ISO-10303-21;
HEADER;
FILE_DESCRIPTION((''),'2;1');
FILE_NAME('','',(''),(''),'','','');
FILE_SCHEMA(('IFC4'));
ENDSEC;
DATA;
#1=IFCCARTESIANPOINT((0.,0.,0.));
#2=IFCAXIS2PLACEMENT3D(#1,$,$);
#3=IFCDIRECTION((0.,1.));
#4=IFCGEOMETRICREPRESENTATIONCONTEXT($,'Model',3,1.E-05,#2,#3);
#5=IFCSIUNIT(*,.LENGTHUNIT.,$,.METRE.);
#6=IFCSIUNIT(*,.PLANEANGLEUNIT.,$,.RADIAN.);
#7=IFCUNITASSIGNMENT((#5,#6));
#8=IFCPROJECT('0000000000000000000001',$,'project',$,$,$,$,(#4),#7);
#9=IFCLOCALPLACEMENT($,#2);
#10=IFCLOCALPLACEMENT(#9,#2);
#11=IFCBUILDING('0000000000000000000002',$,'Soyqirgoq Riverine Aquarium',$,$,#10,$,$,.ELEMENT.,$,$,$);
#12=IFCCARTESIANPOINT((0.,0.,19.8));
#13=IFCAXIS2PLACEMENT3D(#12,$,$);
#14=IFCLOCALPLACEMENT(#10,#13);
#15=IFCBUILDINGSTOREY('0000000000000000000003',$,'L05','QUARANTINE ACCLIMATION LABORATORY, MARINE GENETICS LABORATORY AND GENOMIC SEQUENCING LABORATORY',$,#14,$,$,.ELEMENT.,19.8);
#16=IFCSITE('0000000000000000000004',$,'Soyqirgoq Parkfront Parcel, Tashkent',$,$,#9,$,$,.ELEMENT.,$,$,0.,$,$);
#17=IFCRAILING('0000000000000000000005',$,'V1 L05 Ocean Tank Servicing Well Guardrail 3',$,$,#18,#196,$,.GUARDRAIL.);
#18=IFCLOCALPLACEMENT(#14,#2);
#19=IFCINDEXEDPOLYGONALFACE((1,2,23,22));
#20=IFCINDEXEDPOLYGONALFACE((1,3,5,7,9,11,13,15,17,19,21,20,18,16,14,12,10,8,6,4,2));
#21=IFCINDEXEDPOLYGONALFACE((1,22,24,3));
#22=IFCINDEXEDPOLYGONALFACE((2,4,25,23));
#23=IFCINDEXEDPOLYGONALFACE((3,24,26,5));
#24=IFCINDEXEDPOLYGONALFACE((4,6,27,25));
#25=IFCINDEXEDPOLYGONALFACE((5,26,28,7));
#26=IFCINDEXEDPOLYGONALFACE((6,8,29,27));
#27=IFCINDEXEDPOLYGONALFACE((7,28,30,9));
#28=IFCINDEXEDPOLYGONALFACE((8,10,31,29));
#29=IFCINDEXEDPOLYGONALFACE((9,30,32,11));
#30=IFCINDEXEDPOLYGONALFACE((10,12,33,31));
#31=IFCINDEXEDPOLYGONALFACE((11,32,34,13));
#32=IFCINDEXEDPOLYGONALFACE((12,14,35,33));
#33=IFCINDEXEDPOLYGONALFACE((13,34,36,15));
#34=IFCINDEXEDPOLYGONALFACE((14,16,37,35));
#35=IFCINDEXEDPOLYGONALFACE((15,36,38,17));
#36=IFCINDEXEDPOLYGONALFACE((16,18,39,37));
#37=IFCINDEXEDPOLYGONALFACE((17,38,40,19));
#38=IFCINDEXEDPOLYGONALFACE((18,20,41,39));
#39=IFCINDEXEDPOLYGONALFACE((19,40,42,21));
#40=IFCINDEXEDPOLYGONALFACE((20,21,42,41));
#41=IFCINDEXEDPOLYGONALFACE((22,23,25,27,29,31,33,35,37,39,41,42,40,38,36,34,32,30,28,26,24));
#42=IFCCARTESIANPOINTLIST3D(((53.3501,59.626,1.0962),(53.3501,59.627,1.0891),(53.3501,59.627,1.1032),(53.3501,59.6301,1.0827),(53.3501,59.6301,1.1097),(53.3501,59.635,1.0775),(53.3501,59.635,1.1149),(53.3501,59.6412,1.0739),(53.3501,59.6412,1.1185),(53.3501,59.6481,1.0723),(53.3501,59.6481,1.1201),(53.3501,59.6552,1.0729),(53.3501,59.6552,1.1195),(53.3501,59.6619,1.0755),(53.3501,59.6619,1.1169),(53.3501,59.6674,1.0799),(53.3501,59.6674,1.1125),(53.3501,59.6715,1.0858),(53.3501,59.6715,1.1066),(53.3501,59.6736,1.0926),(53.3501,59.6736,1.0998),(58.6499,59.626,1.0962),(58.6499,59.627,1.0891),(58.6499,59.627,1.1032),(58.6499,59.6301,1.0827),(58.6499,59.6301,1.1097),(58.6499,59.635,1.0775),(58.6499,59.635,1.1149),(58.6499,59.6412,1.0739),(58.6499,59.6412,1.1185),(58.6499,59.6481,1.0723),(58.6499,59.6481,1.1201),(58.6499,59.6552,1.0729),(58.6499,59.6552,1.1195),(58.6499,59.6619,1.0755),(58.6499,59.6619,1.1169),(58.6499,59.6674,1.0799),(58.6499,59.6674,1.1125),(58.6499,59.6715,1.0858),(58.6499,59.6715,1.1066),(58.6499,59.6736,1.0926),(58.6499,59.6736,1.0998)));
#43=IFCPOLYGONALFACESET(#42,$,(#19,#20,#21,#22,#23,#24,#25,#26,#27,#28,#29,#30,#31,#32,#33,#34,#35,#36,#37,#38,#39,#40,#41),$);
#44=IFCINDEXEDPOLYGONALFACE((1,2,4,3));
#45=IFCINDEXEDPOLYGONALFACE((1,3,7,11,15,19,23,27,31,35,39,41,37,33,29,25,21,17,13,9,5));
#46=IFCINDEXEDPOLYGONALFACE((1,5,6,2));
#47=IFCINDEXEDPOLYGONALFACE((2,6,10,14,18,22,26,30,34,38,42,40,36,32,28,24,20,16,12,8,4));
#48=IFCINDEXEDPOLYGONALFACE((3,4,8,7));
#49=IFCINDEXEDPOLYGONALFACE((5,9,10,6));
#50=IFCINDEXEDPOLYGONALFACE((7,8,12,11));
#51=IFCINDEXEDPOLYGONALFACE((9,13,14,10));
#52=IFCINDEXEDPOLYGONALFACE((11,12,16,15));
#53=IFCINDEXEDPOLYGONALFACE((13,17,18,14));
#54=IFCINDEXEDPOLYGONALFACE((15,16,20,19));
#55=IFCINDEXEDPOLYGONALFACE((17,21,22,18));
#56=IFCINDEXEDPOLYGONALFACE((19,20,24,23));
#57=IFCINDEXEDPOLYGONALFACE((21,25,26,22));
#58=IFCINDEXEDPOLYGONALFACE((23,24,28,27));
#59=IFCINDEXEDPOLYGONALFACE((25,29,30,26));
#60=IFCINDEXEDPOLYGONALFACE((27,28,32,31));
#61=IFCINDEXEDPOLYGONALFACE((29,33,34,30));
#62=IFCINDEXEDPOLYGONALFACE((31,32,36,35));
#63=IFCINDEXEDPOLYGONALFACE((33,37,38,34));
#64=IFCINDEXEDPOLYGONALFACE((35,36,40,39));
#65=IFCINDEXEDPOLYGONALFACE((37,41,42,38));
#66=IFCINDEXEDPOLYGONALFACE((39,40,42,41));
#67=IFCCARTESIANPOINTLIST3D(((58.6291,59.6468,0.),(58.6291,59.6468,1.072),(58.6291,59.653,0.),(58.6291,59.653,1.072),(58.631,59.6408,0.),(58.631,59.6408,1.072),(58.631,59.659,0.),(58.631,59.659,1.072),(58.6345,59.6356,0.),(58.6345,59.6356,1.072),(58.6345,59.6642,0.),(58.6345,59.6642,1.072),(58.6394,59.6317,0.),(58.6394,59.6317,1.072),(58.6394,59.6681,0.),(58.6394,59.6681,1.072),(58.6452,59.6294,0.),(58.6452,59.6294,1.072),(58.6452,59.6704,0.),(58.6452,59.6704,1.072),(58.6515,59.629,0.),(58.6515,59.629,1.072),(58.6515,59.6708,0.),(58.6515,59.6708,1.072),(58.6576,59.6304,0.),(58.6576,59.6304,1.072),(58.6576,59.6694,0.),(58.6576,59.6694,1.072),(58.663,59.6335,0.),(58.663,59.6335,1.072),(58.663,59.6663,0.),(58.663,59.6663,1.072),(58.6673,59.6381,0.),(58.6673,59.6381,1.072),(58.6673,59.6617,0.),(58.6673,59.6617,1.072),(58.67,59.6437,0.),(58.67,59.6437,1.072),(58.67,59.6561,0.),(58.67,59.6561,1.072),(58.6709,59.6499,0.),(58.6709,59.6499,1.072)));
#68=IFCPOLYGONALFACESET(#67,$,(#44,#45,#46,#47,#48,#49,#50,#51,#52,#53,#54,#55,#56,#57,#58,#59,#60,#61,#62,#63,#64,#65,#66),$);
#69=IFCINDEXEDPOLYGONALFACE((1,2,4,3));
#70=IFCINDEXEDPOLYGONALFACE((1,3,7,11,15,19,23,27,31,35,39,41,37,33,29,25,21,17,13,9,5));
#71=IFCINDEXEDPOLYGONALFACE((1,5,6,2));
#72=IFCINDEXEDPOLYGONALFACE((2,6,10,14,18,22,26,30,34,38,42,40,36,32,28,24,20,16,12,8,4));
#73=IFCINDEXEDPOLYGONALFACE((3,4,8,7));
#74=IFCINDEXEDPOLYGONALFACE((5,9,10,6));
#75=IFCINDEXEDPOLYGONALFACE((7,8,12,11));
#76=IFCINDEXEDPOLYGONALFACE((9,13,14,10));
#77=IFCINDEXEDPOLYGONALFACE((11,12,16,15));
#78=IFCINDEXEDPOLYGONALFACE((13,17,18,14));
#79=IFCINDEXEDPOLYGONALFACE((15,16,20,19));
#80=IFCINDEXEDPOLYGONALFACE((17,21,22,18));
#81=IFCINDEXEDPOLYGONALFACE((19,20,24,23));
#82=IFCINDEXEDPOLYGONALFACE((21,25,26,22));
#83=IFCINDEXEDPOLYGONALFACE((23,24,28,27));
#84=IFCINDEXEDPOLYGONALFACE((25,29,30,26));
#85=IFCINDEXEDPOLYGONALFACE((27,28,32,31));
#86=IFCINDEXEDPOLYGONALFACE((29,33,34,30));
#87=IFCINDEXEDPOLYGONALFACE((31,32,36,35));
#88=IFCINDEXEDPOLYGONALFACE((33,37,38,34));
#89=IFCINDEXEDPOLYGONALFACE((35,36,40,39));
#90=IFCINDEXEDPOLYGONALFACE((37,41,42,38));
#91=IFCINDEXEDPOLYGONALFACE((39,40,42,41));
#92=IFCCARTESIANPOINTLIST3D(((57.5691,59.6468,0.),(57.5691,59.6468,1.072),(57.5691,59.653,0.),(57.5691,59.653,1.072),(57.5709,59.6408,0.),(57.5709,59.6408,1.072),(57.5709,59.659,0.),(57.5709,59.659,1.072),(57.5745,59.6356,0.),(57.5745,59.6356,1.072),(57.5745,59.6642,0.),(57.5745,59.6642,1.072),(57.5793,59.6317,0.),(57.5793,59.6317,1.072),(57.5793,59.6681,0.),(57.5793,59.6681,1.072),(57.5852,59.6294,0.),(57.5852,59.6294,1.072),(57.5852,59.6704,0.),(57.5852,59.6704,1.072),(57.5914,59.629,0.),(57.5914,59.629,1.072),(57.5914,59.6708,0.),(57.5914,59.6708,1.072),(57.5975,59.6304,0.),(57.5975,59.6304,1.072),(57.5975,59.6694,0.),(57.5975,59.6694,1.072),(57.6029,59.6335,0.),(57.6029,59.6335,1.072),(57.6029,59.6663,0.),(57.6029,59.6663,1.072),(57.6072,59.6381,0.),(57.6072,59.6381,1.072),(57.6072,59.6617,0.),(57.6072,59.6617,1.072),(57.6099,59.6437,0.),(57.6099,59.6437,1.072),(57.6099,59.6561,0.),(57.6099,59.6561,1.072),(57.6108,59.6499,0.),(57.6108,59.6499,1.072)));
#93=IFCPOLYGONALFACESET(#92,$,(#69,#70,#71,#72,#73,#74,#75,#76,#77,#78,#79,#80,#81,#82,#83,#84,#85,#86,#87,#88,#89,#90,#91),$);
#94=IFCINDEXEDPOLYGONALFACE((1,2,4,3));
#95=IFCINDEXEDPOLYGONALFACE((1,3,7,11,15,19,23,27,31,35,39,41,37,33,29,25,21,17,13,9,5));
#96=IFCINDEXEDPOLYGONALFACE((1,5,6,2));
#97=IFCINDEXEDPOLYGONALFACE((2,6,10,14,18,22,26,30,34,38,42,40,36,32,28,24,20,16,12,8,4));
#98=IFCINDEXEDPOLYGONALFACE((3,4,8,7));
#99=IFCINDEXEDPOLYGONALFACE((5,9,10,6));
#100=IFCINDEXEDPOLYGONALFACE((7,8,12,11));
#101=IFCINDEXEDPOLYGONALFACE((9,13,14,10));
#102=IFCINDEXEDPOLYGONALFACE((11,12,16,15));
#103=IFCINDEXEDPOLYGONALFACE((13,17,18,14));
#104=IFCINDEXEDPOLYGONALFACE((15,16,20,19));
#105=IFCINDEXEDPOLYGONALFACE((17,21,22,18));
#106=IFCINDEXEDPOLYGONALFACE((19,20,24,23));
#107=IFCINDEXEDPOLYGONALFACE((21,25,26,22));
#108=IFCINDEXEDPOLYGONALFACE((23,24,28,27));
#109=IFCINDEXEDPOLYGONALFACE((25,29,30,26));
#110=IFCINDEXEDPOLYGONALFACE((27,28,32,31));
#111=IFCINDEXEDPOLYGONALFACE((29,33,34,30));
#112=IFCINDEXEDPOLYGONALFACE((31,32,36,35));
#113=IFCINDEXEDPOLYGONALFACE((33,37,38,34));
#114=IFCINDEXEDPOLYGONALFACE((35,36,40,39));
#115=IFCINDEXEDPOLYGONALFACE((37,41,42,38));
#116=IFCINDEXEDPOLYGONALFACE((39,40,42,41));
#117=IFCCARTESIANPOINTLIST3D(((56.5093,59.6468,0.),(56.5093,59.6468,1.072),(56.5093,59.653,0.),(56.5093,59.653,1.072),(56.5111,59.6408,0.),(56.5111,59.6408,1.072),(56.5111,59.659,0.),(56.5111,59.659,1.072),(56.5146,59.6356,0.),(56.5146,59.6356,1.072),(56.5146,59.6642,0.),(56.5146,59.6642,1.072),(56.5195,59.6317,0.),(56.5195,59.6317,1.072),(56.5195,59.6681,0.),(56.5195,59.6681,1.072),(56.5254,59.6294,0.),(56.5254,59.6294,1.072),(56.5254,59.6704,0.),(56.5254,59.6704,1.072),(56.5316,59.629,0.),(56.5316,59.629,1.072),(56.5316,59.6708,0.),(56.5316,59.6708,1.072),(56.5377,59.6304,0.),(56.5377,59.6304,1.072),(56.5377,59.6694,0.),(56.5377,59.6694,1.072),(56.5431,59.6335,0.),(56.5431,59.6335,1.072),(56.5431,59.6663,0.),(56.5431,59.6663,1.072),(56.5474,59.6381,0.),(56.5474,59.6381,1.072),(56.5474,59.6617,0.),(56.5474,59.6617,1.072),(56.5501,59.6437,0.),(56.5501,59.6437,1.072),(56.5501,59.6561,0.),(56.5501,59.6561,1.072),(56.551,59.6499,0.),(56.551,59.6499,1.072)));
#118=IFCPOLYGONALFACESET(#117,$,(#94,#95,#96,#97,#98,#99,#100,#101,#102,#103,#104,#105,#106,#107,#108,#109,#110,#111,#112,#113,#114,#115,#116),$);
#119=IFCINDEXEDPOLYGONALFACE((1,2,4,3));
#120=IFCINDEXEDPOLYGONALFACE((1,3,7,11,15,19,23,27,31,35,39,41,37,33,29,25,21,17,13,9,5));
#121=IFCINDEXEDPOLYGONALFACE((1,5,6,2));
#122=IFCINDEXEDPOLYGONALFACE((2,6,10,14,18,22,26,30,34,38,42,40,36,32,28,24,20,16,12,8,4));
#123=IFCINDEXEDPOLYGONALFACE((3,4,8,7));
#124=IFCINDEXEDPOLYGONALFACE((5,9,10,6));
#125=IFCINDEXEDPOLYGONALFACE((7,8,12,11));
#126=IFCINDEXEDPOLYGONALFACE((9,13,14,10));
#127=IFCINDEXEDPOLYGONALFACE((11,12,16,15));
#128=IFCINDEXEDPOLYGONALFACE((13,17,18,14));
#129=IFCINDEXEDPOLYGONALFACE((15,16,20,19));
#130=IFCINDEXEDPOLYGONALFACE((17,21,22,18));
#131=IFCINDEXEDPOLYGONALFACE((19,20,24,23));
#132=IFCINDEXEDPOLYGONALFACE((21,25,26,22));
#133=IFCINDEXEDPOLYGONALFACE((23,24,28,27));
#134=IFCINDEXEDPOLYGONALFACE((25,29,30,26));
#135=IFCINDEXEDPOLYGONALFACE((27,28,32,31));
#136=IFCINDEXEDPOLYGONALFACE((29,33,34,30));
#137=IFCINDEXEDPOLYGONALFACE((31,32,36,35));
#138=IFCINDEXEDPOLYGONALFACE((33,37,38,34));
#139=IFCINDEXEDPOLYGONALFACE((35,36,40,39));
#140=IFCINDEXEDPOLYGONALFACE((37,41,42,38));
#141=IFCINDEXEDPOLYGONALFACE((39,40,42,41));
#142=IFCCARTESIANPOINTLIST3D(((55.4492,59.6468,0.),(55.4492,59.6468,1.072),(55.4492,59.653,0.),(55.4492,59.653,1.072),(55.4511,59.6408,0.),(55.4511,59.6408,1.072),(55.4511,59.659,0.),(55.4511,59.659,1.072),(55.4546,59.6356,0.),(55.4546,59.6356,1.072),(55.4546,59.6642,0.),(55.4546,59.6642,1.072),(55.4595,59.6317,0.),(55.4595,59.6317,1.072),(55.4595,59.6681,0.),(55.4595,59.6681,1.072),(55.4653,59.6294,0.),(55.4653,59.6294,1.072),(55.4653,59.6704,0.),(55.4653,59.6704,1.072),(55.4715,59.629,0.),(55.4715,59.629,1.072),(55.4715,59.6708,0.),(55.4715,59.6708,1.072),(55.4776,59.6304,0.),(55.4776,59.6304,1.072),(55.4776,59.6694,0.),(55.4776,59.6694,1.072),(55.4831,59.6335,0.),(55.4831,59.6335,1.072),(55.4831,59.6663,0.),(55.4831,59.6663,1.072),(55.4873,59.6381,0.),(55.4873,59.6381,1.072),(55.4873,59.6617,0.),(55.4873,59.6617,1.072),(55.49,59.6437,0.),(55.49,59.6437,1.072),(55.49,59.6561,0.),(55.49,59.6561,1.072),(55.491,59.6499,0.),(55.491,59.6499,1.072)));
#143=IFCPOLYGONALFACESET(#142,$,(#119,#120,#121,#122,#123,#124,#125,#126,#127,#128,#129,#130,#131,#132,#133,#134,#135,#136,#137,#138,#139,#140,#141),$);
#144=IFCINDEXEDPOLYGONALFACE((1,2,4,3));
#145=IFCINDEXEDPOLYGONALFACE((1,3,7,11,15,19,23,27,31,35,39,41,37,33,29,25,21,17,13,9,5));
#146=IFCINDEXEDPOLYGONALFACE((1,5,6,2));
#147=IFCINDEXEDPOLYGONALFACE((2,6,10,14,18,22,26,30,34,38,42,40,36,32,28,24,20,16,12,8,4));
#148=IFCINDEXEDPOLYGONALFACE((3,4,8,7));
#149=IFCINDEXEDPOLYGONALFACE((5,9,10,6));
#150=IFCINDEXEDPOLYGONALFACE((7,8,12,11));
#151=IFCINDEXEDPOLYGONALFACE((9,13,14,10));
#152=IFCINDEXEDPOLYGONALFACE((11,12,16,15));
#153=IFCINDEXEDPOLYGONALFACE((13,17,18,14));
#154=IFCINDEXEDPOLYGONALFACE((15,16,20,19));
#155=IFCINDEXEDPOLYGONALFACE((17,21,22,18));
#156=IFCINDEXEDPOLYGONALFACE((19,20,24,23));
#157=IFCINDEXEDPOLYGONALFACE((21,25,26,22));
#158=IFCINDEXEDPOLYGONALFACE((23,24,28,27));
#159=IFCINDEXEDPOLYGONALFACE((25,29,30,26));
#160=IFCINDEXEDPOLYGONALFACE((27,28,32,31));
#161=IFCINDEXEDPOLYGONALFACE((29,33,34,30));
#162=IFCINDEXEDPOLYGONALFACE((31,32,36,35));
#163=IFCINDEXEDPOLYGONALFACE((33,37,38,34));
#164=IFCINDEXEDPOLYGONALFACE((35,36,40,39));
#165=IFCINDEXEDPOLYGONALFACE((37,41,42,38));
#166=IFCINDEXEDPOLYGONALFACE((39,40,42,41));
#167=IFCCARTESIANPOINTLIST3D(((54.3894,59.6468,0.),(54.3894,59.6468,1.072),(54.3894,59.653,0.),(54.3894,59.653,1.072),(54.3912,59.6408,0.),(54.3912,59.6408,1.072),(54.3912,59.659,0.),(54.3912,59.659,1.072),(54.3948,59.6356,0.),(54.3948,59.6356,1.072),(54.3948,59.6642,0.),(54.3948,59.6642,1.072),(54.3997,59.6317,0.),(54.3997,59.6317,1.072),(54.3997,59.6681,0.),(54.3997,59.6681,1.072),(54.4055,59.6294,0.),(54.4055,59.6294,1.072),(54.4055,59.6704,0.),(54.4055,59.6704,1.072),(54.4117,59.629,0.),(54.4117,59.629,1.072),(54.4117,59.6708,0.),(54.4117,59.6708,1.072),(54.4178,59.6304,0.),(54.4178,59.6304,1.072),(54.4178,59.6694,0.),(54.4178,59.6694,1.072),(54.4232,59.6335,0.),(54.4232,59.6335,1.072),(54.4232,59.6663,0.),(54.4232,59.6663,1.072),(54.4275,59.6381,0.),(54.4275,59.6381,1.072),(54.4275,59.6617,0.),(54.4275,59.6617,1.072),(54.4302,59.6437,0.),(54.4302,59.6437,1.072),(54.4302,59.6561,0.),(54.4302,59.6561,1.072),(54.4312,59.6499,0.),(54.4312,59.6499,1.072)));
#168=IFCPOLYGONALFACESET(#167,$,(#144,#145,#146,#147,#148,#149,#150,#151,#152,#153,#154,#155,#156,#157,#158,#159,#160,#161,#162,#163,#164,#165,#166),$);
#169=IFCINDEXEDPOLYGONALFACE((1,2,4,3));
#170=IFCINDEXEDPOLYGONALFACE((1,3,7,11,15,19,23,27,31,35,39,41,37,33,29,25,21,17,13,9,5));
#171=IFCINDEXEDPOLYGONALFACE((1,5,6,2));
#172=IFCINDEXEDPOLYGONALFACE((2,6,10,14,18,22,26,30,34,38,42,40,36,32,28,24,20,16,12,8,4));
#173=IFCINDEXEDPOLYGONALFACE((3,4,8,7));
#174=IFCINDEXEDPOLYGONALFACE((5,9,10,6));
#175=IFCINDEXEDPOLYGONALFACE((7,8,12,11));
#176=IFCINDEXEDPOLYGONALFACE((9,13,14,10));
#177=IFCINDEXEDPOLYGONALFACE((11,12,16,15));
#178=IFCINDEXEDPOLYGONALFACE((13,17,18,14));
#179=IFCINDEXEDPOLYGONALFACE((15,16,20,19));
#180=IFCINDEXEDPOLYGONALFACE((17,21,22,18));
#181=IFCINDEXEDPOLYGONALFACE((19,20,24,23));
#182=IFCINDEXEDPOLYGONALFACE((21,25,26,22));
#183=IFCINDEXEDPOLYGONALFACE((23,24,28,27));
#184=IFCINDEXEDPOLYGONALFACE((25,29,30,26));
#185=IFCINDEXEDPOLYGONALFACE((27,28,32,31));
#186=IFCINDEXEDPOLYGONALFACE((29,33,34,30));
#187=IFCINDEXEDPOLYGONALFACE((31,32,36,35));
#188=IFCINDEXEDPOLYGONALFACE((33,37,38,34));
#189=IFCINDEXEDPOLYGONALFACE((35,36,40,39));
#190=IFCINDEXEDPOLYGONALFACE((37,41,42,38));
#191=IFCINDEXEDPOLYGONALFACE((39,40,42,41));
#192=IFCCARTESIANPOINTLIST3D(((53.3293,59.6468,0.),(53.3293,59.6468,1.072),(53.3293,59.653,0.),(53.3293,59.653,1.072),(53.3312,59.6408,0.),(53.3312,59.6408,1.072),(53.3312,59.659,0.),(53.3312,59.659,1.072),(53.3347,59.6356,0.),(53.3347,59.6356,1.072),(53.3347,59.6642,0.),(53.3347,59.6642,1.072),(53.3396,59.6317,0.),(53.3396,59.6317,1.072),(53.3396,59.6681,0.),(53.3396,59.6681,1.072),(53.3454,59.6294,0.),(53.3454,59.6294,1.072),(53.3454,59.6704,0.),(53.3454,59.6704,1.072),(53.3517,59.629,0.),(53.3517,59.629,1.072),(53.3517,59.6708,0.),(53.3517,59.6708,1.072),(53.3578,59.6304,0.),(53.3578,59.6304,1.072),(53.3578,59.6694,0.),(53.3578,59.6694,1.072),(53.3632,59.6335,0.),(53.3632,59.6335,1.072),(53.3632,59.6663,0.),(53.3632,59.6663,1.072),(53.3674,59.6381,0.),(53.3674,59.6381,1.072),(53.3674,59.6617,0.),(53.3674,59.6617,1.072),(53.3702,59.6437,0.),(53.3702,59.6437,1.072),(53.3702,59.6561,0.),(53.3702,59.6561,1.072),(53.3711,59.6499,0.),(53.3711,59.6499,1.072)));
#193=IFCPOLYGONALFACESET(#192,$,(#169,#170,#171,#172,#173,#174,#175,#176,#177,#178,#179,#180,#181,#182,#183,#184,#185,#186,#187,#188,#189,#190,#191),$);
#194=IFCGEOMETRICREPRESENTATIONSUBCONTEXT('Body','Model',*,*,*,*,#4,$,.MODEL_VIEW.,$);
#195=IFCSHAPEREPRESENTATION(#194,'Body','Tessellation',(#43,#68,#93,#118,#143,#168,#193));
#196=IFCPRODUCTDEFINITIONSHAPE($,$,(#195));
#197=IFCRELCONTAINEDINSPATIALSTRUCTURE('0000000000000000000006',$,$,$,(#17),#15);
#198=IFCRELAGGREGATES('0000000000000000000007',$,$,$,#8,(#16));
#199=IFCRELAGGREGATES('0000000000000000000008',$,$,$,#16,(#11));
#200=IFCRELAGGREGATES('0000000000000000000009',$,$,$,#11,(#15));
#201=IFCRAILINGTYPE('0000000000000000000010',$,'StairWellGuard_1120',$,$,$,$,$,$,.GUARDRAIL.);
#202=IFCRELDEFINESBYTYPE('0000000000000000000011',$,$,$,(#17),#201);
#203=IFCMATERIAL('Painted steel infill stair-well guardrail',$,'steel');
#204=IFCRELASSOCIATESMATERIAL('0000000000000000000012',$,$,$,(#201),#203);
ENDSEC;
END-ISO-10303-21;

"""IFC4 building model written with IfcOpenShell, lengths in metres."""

from ifc_helpers import new_model, si_unit, direction, frame, origin, origin_2d, place, context, subcontext, project, spatial, circle, extrude, material, type_object, element, save


model = new_model("IFC4")

# Units and contexts
model_context = context("Model", 3, precision=1e-05, world=origin(), true_north=direction((0.0, 1.0)))
body_context = subcontext(model_context, "Body", "Model", "MODEL_VIEW")
ifc_project = project(units=[si_unit("LENGTHUNIT", "METRE"), si_unit("PLANEANGLEUNIT", "RADIAN")], contexts=[model_context])

# Site, building, storey
site_placement = place(None, origin())
site = spatial("IfcSite", under=ifc_project, at=site_placement, Name="Soyqirgoq Parkfront Parcel, Tashkent", CompositionType="ELEMENT", RefElevation=0.0)
building_placement = place(site_placement, origin())
building = spatial("IfcBuilding", under=site, at=building_placement, Name="Soyqirgoq Riverine Aquarium", CompositionType="ELEMENT")
storey_placement = place(building_placement, frame((0.0, 0.0, 19.8)))
storey = spatial("IfcBuildingStorey", under=building, at=storey_placement, Name="L05", Description="QUARANTINE ACCLIMATION LABORATORY, MARINE GENETICS LABORATORY AND GENOMIC SEQUENCING LABORATORY", CompositionType="ELEMENT", Elevation=19.8)

# Railing
ifc_material_1 = material(Name="Painted steel infill stair-well guardrail", Category="steel")
railing_type = type_object("IfcRailingType", Name="StairWellGuard_1120", PredefinedType="GUARDRAIL", material=ifc_material_1)
railing_placement = place(storey_placement, frame((58.6499, 59.6499, 0.0)))
element("IfcRailing", 1, at=railing_placement, inside=storey, type_object=railing_type, Name="V1 L05 Ocean Tank Servicing Well Guardrail 3", PredefinedType="GUARDRAIL", context=body_context, shape_type="SweptSolid", body=[
    extrude(circle(Radius=0.0239, at=origin_2d()), frame((0.0, 0.0, 1.0962), z_axis=(-1.0, 0.0, 0.0), x_axis=(0.0, -1.0, 0.0)), (0.0, 0.0, 1.0), 5.2998),
    extrude(circle(Radius=0.021, at=origin_2d()), origin(), (0.0, 0.0, 1.0), 1.072),
    extrude(circle(Radius=0.021, at=origin_2d()), frame((-1.0601, 0.0, 0.0)), (0.0, 0.0, 1.0), 1.072),
    extrude(circle(Radius=0.021, at=origin_2d()), frame((-2.1199, 0.0, 0.0)), (0.0, 0.0, 1.0), 1.072),
    extrude(circle(Radius=0.021, at=origin_2d()), frame((-3.1799, 0.0, 0.0)), (0.0, 0.0, 1.0), 1.072),
    extrude(circle(Radius=0.021, at=origin_2d()), frame((-4.2397, 0.0, 0.0)), (0.0, 0.0, 1.0), 1.072),
    extrude(circle(Radius=0.021, at=origin_2d()), frame((-5.2998, 0.0, 0.0)), (0.0, 0.0, 1.0), 1.072),
])

save(model, "model.ifc")
